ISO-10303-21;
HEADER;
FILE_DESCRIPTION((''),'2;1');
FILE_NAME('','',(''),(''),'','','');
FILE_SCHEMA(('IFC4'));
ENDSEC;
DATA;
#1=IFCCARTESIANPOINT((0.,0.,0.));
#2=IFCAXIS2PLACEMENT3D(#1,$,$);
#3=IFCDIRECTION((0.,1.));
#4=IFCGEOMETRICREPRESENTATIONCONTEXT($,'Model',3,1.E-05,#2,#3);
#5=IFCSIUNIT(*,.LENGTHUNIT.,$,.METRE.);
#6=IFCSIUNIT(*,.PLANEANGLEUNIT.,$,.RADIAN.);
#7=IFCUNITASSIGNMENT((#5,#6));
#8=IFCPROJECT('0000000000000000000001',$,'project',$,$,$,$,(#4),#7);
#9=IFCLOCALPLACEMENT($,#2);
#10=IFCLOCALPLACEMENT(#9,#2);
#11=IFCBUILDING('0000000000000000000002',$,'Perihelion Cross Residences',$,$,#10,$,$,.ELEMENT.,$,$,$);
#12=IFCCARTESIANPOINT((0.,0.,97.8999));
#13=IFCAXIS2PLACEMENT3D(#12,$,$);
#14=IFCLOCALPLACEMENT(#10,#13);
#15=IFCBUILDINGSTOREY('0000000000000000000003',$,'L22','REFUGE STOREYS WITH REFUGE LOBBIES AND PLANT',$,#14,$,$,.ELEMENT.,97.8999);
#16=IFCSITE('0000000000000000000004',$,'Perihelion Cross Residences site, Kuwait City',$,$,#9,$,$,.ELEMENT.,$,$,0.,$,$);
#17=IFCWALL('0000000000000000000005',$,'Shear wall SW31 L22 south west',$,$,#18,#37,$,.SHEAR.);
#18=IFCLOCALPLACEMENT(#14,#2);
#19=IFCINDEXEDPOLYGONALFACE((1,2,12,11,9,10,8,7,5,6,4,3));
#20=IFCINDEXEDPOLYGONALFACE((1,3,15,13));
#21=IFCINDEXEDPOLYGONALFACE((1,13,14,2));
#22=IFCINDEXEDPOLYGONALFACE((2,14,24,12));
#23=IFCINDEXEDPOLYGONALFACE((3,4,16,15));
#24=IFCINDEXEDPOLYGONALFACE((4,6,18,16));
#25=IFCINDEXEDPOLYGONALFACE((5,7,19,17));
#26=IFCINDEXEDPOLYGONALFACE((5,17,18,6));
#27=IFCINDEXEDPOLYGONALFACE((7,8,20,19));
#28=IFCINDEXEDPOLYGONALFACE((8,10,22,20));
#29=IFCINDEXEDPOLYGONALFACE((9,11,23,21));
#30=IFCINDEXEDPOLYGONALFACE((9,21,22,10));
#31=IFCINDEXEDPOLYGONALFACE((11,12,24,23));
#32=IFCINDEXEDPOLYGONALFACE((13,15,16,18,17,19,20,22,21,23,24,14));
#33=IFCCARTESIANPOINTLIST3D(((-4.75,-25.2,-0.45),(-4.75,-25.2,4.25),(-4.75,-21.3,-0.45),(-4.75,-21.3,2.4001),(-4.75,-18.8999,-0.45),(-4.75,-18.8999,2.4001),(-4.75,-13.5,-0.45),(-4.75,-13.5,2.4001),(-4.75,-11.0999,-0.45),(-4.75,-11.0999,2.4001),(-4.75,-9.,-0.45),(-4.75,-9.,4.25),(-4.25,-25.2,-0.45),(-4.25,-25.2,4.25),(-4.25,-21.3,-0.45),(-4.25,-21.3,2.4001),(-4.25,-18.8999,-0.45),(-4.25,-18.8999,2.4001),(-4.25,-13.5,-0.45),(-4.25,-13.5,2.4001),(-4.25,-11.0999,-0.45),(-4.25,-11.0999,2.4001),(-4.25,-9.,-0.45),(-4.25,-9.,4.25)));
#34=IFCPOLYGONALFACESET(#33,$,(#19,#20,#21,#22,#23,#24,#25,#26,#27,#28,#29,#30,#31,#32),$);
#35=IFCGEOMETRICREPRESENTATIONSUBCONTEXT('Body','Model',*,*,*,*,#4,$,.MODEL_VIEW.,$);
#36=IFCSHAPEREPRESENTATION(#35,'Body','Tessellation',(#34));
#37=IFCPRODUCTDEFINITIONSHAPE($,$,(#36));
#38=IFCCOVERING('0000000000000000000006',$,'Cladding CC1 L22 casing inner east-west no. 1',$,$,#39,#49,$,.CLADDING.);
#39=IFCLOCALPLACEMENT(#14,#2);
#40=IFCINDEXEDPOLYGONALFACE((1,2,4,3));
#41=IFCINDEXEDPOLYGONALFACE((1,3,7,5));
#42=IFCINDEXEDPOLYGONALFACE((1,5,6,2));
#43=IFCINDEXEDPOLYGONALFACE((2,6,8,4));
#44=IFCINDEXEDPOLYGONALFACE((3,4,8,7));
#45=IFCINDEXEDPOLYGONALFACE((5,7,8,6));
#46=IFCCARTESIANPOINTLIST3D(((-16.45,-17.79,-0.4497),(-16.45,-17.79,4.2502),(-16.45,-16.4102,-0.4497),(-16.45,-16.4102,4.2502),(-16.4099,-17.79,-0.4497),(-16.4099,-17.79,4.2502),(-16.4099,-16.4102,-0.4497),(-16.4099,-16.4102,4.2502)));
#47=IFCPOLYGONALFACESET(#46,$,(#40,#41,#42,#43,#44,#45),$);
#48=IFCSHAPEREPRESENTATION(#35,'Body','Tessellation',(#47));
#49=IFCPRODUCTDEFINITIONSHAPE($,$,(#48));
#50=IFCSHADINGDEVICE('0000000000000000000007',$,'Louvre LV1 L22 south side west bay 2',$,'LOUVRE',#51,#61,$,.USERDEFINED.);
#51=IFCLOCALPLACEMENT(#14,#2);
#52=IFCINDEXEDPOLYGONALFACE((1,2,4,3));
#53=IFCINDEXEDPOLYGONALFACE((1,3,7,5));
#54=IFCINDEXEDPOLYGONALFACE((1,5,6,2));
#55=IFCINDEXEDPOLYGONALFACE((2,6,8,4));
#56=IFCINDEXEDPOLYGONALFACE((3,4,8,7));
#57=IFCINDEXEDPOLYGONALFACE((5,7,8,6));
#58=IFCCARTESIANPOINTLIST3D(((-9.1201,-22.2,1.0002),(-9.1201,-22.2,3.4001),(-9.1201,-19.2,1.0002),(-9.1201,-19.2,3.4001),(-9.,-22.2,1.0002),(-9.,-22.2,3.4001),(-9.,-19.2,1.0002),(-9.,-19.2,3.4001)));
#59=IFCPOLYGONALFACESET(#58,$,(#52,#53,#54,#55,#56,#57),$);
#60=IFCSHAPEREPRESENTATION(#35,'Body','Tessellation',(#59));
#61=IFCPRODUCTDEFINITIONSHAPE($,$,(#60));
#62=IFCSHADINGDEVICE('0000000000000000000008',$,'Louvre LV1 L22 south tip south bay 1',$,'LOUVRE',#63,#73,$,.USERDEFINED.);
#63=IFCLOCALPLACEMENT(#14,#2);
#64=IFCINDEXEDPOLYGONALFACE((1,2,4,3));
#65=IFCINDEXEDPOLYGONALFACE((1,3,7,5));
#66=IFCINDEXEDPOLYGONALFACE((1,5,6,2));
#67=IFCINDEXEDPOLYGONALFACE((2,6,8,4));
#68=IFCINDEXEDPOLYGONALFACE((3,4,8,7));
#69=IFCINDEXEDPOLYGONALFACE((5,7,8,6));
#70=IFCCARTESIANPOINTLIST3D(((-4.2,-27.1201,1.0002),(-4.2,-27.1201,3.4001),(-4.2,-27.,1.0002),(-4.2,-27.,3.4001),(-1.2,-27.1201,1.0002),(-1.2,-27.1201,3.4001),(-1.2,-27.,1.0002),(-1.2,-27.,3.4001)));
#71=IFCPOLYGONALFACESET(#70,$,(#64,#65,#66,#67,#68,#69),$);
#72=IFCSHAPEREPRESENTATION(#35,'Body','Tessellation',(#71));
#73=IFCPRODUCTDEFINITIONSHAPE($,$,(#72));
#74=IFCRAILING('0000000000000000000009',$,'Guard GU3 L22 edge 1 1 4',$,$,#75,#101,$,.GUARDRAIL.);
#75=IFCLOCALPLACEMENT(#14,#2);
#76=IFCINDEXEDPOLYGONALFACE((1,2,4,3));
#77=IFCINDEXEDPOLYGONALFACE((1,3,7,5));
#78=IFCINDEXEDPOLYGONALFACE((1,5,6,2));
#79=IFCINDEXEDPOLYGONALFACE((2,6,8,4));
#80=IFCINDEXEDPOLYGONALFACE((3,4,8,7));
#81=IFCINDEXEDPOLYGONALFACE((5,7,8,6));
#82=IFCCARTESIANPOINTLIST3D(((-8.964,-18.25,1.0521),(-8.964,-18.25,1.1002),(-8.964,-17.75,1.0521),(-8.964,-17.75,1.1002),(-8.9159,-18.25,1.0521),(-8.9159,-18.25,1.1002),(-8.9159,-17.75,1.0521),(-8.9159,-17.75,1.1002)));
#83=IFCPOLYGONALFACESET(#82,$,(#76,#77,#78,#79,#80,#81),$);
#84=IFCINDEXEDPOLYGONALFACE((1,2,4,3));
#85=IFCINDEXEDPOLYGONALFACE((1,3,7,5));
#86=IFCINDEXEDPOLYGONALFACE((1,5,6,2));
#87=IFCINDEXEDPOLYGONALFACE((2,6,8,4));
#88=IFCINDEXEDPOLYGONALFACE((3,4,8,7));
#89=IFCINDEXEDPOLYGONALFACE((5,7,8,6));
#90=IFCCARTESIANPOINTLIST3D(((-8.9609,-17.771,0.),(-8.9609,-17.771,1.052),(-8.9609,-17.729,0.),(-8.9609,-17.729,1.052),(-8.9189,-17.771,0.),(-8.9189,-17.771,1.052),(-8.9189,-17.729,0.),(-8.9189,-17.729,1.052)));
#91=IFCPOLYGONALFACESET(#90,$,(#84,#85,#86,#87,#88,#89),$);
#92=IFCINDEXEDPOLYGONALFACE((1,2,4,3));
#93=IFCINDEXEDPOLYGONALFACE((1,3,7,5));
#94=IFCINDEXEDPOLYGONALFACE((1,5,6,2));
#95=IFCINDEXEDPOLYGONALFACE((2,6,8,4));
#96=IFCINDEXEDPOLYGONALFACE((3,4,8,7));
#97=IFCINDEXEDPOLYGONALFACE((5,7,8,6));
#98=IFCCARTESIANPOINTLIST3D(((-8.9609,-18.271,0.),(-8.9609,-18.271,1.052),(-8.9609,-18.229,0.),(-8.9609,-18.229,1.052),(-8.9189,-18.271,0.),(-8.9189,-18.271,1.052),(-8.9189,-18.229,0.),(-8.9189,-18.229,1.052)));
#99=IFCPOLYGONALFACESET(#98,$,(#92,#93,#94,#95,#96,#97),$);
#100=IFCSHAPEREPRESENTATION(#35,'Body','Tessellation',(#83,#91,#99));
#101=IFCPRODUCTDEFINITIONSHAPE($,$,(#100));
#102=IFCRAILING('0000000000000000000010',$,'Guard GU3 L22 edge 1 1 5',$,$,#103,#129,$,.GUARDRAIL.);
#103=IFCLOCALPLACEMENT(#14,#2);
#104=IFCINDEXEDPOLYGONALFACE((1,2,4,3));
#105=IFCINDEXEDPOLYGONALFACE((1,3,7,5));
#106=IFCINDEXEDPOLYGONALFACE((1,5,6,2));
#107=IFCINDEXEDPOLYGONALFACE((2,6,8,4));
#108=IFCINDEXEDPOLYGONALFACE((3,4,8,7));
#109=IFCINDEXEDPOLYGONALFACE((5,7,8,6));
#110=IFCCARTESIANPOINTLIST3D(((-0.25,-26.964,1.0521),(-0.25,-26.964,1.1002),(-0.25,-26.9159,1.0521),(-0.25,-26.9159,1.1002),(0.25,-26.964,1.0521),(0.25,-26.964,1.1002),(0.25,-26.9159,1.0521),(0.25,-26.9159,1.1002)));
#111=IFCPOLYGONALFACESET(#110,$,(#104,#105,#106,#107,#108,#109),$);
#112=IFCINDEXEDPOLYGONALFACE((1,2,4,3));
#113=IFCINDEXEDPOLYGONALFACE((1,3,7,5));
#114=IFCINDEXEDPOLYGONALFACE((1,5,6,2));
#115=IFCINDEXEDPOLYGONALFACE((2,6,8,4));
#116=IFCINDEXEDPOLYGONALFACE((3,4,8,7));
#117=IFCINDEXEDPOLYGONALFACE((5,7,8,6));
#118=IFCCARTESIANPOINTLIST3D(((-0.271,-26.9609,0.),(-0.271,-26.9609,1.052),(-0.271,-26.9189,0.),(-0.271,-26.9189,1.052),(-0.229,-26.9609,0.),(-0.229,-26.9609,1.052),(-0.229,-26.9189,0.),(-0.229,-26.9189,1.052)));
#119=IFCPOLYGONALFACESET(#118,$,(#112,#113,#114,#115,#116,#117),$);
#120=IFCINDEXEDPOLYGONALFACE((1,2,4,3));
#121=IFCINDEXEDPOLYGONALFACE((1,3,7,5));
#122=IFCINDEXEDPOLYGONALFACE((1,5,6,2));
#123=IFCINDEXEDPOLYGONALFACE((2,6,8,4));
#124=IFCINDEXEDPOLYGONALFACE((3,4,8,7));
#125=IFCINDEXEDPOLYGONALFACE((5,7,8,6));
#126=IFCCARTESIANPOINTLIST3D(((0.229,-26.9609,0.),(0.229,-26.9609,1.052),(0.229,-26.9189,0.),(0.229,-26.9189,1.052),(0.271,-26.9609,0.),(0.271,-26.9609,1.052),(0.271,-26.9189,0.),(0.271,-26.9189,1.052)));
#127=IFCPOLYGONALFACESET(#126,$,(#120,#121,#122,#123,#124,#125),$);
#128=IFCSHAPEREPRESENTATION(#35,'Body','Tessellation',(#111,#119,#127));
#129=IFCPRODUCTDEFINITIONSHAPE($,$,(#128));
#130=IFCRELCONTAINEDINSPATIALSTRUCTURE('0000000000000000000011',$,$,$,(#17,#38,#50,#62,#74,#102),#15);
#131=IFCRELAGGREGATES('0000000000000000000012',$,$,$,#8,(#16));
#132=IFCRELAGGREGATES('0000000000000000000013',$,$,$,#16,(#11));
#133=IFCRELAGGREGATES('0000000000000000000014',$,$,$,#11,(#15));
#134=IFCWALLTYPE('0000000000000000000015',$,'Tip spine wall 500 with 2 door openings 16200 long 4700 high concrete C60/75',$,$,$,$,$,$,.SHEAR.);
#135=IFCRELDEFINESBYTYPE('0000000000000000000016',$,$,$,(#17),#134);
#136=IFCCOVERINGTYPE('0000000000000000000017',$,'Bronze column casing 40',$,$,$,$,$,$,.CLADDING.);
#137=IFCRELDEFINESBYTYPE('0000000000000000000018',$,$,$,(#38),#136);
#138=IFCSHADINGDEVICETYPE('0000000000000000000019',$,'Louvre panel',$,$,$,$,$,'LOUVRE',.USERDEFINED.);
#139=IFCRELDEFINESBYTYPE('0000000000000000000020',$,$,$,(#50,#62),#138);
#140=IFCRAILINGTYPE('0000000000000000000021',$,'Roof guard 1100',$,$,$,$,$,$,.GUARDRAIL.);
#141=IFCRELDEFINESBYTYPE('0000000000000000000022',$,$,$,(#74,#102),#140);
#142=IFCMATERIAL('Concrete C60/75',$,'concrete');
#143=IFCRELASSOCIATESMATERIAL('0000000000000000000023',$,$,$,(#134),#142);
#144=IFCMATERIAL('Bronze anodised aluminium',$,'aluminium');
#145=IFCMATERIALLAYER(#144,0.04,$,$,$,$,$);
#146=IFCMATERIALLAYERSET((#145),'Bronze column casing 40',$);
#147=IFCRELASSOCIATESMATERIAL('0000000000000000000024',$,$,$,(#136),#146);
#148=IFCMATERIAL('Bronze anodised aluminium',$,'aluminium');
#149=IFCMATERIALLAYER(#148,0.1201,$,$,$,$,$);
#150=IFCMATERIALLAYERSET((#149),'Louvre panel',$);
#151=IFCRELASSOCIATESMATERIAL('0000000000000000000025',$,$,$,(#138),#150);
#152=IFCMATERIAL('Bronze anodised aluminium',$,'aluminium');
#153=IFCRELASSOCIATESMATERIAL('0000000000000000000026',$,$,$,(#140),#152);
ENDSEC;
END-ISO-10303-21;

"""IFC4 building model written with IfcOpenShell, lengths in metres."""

from ifc_helpers import new_model, si_unit, direction, frame, origin, origin_2d, place, context, subcontext, project, spatial, polyline, rectangle, outline, extrude, material, layer, layer_set, material_profile, profile_set, type_object, element, save


model = new_model("IFC4")

# Units and contexts
model_context = context("Model", 3, precision=1e-05, world=origin(), true_north=direction((0.0, 1.0)))
body_context = subcontext(model_context, "Body", "Model", "MODEL_VIEW")
ifc_project = project(units=[si_unit("LENGTHUNIT", "METRE"), si_unit("PLANEANGLEUNIT", "RADIAN")], contexts=[model_context])

# Site, building, storey
site_placement = place(None, origin())
site = spatial("IfcSite", under=ifc_project, at=site_placement, Name="Perihelion Cross Residences site, Kuwait City", CompositionType="ELEMENT", RefElevation=0.0)
building_placement = place(site_placement, origin())
building = spatial("IfcBuilding", under=site, at=building_placement, Name="Perihelion Cross Residences", CompositionType="ELEMENT")
storey_placement = place(building_placement, frame((0.0, 0.0, 97.8999)))
storey = spatial("IfcBuildingStorey", under=building, at=storey_placement, Name="L22", Description="REFUGE STOREYS WITH REFUGE LOBBIES AND PLANT", CompositionType="ELEMENT", Elevation=97.8999)

# Wall
ifc_material_1 = material(Name="Concrete C60/75", Category="concrete")
ifc_material_profile_1 = material_profile(ifc_material_1, outline(polyline([(0.0, 0.0), (3.8999, 0.0), (3.8999, 2.8501), (6.3, 2.8501), (6.3, 0.0), (11.7, 0.0), (11.7, 2.8501), (14.1001, 2.8501), (14.1001, 0.0), (16.2, 0.0), (16.2, 4.7), (0.0, 4.7), (0.0, 0.0)])), Name="Tip spine wall")
ifc_profile_set_1 = profile_set([ifc_material_profile_1], Name="Concrete C60/75")
wall_type_1 = type_object("IfcWallType", Name="Tip spine wall 500 with 2 door openings 16200 long 4700 high concrete C60/75", PredefinedType="SHEAR", material=ifc_profile_set_1)
wall_1_placement = place(storey_placement, frame((-4.75, -25.2, -0.45), z_axis=(1.0, 0.0, 0.0), x_axis=(0.0, 1.0, 0.0)))
element("IfcWall", 1, at=wall_1_placement, inside=storey, type_object=wall_type_1, Name="Shear wall SW31 L22 south west", PredefinedType="SHEAR", context=body_context, shape_type="SweptSolid", body=[
    extrude(outline(polyline([(0.0, 0.0), (3.8999, 0.0), (3.8999, 2.8501), (6.3, 2.8501), (6.3, 0.0), (11.7, 0.0), (11.7, 2.8501), (14.1001, 2.8501), (14.1001, 0.0), (16.2, 0.0), (16.2, 4.7), (0.0, 4.7), (0.0, 0.0)])), origin(), (0.0, 0.0, 1.0), 0.5),
])

# Covering
ifc_material_2 = material(Name="Bronze anodised aluminium", Category="aluminium")
ifc_layer_1 = layer(ifc_material_2, 0.04)
ifc_layer_set_1 = layer_set([ifc_layer_1], Name="Bronze column casing 40")
covering_type = type_object("IfcCoveringType", Name="Bronze column casing 40", PredefinedType="CLADDING", material=ifc_layer_set_1)
covering_placement = place(storey_placement, frame((-16.4299, -17.1001, -0.4497), z_axis=(0.0, 0.0, 1.0), x_axis=(1.0, 0.0, 0.0)))
element("IfcCovering", 2, at=covering_placement, inside=storey, type_object=covering_type, Name="Cladding CC1 L22 casing inner east-west no. 1", PredefinedType="CLADDING", context=body_context, shape_type="SweptSolid", body=[
    extrude(rectangle(XDim=0.04, YDim=1.3799, at=origin_2d()), origin(), (0.0, 0.0, 1.0), 4.7),
])

# Shading devices
ifc_material_3 = material(Name="Bronze anodised aluminium", Category="aluminium")
ifc_layer_2 = layer(ifc_material_3, 0.1201)
ifc_layer_set_2 = layer_set([ifc_layer_2], Name="Louvre panel")
shading_device_type = type_object("IfcShadingDeviceType", Name="Louvre panel", ElementType="LOUVRE", PredefinedType="USERDEFINED", material=ifc_layer_set_2)
for number, where, z_axis, x_axis, name in (
    (3, (-9.0601, -20.7, 1.0002), (0.0, 0.0, 1.0), (0.0, -1.0, 0.0), "Louvre LV1 L22 south side west bay 2"),
    (4, (-2.7, -27.0601, 1.0002), (0.0, 0.0, 1.0), (1.0, 0.0, 0.0), "Louvre LV1 L22 south tip south bay 1"),
):
    element("IfcShadingDevice", number, at=place(storey_placement, frame(where, z_axis=z_axis, x_axis=x_axis)), inside=storey, type_object=shading_device_type, Name=name, ObjectType="LOUVRE", PredefinedType="USERDEFINED", context=body_context, shape_type="SweptSolid", body=[
        extrude(rectangle(XDim=3.0, YDim=0.1201, at=origin_2d()), origin(), (0.0, 0.0, 1.0), 2.3999),
    ])

# Railings
ifc_material_4 = material(Name="Bronze anodised aluminium", Category="aluminium")
railing_type = type_object("IfcRailingType", Name="Roof guard 1100", PredefinedType="GUARDRAIL", material=ifc_material_4)
railing_1_placement = place(storey_placement, frame((-8.9399, -17.75, 0.0)))
element("IfcRailing", 5, at=railing_1_placement, inside=storey, type_object=railing_type, Name="Guard GU3 L22 edge 1 1 4", PredefinedType="GUARDRAIL", context=body_context, shape_type="SweptSolid", body=[
    extrude(rectangle(XDim=0.0481, YDim=0.0481, at=origin_2d()), frame((0.0, 0.0, 1.0762), z_axis=(0.0, -1.0, 0.0), x_axis=(1.0, 0.0, 0.0)), (0.0, 0.0, 1.0), 0.5),
    extrude(rectangle(XDim=0.042, YDim=0.042, at=origin_2d()), origin(), (0.0, 0.0, 1.0), 1.052),
    extrude(rectangle(XDim=0.042, YDim=0.042, at=origin_2d()), frame((0.0, -0.5, 0.0)), (0.0, 0.0, 1.0), 1.052),
])
railing_2_placement = place(storey_placement, frame((-0.25, -26.9399, 0.0)))
element("IfcRailing", 6, at=railing_2_placement, inside=storey, type_object=railing_type, Name="Guard GU3 L22 edge 1 1 5", PredefinedType="GUARDRAIL", context=body_context, shape_type="SweptSolid", body=[
    extrude(rectangle(XDim=0.0481, YDim=0.0481, at=origin_2d()), frame((0.0, 0.0, 1.0762), z_axis=(1.0, 0.0, 0.0), x_axis=(0.0, 1.0, 0.0)), (0.0, 0.0, 1.0), 0.5),
    extrude(rectangle(XDim=0.042, YDim=0.042, at=origin_2d()), origin(), (0.0, 0.0, 1.0), 1.052),
    extrude(rectangle(XDim=0.042, YDim=0.042, at=origin_2d()), frame((0.5, 0.0, 0.0)), (0.0, 0.0, 1.0), 1.052),
])

save(model, "model.ifc")
